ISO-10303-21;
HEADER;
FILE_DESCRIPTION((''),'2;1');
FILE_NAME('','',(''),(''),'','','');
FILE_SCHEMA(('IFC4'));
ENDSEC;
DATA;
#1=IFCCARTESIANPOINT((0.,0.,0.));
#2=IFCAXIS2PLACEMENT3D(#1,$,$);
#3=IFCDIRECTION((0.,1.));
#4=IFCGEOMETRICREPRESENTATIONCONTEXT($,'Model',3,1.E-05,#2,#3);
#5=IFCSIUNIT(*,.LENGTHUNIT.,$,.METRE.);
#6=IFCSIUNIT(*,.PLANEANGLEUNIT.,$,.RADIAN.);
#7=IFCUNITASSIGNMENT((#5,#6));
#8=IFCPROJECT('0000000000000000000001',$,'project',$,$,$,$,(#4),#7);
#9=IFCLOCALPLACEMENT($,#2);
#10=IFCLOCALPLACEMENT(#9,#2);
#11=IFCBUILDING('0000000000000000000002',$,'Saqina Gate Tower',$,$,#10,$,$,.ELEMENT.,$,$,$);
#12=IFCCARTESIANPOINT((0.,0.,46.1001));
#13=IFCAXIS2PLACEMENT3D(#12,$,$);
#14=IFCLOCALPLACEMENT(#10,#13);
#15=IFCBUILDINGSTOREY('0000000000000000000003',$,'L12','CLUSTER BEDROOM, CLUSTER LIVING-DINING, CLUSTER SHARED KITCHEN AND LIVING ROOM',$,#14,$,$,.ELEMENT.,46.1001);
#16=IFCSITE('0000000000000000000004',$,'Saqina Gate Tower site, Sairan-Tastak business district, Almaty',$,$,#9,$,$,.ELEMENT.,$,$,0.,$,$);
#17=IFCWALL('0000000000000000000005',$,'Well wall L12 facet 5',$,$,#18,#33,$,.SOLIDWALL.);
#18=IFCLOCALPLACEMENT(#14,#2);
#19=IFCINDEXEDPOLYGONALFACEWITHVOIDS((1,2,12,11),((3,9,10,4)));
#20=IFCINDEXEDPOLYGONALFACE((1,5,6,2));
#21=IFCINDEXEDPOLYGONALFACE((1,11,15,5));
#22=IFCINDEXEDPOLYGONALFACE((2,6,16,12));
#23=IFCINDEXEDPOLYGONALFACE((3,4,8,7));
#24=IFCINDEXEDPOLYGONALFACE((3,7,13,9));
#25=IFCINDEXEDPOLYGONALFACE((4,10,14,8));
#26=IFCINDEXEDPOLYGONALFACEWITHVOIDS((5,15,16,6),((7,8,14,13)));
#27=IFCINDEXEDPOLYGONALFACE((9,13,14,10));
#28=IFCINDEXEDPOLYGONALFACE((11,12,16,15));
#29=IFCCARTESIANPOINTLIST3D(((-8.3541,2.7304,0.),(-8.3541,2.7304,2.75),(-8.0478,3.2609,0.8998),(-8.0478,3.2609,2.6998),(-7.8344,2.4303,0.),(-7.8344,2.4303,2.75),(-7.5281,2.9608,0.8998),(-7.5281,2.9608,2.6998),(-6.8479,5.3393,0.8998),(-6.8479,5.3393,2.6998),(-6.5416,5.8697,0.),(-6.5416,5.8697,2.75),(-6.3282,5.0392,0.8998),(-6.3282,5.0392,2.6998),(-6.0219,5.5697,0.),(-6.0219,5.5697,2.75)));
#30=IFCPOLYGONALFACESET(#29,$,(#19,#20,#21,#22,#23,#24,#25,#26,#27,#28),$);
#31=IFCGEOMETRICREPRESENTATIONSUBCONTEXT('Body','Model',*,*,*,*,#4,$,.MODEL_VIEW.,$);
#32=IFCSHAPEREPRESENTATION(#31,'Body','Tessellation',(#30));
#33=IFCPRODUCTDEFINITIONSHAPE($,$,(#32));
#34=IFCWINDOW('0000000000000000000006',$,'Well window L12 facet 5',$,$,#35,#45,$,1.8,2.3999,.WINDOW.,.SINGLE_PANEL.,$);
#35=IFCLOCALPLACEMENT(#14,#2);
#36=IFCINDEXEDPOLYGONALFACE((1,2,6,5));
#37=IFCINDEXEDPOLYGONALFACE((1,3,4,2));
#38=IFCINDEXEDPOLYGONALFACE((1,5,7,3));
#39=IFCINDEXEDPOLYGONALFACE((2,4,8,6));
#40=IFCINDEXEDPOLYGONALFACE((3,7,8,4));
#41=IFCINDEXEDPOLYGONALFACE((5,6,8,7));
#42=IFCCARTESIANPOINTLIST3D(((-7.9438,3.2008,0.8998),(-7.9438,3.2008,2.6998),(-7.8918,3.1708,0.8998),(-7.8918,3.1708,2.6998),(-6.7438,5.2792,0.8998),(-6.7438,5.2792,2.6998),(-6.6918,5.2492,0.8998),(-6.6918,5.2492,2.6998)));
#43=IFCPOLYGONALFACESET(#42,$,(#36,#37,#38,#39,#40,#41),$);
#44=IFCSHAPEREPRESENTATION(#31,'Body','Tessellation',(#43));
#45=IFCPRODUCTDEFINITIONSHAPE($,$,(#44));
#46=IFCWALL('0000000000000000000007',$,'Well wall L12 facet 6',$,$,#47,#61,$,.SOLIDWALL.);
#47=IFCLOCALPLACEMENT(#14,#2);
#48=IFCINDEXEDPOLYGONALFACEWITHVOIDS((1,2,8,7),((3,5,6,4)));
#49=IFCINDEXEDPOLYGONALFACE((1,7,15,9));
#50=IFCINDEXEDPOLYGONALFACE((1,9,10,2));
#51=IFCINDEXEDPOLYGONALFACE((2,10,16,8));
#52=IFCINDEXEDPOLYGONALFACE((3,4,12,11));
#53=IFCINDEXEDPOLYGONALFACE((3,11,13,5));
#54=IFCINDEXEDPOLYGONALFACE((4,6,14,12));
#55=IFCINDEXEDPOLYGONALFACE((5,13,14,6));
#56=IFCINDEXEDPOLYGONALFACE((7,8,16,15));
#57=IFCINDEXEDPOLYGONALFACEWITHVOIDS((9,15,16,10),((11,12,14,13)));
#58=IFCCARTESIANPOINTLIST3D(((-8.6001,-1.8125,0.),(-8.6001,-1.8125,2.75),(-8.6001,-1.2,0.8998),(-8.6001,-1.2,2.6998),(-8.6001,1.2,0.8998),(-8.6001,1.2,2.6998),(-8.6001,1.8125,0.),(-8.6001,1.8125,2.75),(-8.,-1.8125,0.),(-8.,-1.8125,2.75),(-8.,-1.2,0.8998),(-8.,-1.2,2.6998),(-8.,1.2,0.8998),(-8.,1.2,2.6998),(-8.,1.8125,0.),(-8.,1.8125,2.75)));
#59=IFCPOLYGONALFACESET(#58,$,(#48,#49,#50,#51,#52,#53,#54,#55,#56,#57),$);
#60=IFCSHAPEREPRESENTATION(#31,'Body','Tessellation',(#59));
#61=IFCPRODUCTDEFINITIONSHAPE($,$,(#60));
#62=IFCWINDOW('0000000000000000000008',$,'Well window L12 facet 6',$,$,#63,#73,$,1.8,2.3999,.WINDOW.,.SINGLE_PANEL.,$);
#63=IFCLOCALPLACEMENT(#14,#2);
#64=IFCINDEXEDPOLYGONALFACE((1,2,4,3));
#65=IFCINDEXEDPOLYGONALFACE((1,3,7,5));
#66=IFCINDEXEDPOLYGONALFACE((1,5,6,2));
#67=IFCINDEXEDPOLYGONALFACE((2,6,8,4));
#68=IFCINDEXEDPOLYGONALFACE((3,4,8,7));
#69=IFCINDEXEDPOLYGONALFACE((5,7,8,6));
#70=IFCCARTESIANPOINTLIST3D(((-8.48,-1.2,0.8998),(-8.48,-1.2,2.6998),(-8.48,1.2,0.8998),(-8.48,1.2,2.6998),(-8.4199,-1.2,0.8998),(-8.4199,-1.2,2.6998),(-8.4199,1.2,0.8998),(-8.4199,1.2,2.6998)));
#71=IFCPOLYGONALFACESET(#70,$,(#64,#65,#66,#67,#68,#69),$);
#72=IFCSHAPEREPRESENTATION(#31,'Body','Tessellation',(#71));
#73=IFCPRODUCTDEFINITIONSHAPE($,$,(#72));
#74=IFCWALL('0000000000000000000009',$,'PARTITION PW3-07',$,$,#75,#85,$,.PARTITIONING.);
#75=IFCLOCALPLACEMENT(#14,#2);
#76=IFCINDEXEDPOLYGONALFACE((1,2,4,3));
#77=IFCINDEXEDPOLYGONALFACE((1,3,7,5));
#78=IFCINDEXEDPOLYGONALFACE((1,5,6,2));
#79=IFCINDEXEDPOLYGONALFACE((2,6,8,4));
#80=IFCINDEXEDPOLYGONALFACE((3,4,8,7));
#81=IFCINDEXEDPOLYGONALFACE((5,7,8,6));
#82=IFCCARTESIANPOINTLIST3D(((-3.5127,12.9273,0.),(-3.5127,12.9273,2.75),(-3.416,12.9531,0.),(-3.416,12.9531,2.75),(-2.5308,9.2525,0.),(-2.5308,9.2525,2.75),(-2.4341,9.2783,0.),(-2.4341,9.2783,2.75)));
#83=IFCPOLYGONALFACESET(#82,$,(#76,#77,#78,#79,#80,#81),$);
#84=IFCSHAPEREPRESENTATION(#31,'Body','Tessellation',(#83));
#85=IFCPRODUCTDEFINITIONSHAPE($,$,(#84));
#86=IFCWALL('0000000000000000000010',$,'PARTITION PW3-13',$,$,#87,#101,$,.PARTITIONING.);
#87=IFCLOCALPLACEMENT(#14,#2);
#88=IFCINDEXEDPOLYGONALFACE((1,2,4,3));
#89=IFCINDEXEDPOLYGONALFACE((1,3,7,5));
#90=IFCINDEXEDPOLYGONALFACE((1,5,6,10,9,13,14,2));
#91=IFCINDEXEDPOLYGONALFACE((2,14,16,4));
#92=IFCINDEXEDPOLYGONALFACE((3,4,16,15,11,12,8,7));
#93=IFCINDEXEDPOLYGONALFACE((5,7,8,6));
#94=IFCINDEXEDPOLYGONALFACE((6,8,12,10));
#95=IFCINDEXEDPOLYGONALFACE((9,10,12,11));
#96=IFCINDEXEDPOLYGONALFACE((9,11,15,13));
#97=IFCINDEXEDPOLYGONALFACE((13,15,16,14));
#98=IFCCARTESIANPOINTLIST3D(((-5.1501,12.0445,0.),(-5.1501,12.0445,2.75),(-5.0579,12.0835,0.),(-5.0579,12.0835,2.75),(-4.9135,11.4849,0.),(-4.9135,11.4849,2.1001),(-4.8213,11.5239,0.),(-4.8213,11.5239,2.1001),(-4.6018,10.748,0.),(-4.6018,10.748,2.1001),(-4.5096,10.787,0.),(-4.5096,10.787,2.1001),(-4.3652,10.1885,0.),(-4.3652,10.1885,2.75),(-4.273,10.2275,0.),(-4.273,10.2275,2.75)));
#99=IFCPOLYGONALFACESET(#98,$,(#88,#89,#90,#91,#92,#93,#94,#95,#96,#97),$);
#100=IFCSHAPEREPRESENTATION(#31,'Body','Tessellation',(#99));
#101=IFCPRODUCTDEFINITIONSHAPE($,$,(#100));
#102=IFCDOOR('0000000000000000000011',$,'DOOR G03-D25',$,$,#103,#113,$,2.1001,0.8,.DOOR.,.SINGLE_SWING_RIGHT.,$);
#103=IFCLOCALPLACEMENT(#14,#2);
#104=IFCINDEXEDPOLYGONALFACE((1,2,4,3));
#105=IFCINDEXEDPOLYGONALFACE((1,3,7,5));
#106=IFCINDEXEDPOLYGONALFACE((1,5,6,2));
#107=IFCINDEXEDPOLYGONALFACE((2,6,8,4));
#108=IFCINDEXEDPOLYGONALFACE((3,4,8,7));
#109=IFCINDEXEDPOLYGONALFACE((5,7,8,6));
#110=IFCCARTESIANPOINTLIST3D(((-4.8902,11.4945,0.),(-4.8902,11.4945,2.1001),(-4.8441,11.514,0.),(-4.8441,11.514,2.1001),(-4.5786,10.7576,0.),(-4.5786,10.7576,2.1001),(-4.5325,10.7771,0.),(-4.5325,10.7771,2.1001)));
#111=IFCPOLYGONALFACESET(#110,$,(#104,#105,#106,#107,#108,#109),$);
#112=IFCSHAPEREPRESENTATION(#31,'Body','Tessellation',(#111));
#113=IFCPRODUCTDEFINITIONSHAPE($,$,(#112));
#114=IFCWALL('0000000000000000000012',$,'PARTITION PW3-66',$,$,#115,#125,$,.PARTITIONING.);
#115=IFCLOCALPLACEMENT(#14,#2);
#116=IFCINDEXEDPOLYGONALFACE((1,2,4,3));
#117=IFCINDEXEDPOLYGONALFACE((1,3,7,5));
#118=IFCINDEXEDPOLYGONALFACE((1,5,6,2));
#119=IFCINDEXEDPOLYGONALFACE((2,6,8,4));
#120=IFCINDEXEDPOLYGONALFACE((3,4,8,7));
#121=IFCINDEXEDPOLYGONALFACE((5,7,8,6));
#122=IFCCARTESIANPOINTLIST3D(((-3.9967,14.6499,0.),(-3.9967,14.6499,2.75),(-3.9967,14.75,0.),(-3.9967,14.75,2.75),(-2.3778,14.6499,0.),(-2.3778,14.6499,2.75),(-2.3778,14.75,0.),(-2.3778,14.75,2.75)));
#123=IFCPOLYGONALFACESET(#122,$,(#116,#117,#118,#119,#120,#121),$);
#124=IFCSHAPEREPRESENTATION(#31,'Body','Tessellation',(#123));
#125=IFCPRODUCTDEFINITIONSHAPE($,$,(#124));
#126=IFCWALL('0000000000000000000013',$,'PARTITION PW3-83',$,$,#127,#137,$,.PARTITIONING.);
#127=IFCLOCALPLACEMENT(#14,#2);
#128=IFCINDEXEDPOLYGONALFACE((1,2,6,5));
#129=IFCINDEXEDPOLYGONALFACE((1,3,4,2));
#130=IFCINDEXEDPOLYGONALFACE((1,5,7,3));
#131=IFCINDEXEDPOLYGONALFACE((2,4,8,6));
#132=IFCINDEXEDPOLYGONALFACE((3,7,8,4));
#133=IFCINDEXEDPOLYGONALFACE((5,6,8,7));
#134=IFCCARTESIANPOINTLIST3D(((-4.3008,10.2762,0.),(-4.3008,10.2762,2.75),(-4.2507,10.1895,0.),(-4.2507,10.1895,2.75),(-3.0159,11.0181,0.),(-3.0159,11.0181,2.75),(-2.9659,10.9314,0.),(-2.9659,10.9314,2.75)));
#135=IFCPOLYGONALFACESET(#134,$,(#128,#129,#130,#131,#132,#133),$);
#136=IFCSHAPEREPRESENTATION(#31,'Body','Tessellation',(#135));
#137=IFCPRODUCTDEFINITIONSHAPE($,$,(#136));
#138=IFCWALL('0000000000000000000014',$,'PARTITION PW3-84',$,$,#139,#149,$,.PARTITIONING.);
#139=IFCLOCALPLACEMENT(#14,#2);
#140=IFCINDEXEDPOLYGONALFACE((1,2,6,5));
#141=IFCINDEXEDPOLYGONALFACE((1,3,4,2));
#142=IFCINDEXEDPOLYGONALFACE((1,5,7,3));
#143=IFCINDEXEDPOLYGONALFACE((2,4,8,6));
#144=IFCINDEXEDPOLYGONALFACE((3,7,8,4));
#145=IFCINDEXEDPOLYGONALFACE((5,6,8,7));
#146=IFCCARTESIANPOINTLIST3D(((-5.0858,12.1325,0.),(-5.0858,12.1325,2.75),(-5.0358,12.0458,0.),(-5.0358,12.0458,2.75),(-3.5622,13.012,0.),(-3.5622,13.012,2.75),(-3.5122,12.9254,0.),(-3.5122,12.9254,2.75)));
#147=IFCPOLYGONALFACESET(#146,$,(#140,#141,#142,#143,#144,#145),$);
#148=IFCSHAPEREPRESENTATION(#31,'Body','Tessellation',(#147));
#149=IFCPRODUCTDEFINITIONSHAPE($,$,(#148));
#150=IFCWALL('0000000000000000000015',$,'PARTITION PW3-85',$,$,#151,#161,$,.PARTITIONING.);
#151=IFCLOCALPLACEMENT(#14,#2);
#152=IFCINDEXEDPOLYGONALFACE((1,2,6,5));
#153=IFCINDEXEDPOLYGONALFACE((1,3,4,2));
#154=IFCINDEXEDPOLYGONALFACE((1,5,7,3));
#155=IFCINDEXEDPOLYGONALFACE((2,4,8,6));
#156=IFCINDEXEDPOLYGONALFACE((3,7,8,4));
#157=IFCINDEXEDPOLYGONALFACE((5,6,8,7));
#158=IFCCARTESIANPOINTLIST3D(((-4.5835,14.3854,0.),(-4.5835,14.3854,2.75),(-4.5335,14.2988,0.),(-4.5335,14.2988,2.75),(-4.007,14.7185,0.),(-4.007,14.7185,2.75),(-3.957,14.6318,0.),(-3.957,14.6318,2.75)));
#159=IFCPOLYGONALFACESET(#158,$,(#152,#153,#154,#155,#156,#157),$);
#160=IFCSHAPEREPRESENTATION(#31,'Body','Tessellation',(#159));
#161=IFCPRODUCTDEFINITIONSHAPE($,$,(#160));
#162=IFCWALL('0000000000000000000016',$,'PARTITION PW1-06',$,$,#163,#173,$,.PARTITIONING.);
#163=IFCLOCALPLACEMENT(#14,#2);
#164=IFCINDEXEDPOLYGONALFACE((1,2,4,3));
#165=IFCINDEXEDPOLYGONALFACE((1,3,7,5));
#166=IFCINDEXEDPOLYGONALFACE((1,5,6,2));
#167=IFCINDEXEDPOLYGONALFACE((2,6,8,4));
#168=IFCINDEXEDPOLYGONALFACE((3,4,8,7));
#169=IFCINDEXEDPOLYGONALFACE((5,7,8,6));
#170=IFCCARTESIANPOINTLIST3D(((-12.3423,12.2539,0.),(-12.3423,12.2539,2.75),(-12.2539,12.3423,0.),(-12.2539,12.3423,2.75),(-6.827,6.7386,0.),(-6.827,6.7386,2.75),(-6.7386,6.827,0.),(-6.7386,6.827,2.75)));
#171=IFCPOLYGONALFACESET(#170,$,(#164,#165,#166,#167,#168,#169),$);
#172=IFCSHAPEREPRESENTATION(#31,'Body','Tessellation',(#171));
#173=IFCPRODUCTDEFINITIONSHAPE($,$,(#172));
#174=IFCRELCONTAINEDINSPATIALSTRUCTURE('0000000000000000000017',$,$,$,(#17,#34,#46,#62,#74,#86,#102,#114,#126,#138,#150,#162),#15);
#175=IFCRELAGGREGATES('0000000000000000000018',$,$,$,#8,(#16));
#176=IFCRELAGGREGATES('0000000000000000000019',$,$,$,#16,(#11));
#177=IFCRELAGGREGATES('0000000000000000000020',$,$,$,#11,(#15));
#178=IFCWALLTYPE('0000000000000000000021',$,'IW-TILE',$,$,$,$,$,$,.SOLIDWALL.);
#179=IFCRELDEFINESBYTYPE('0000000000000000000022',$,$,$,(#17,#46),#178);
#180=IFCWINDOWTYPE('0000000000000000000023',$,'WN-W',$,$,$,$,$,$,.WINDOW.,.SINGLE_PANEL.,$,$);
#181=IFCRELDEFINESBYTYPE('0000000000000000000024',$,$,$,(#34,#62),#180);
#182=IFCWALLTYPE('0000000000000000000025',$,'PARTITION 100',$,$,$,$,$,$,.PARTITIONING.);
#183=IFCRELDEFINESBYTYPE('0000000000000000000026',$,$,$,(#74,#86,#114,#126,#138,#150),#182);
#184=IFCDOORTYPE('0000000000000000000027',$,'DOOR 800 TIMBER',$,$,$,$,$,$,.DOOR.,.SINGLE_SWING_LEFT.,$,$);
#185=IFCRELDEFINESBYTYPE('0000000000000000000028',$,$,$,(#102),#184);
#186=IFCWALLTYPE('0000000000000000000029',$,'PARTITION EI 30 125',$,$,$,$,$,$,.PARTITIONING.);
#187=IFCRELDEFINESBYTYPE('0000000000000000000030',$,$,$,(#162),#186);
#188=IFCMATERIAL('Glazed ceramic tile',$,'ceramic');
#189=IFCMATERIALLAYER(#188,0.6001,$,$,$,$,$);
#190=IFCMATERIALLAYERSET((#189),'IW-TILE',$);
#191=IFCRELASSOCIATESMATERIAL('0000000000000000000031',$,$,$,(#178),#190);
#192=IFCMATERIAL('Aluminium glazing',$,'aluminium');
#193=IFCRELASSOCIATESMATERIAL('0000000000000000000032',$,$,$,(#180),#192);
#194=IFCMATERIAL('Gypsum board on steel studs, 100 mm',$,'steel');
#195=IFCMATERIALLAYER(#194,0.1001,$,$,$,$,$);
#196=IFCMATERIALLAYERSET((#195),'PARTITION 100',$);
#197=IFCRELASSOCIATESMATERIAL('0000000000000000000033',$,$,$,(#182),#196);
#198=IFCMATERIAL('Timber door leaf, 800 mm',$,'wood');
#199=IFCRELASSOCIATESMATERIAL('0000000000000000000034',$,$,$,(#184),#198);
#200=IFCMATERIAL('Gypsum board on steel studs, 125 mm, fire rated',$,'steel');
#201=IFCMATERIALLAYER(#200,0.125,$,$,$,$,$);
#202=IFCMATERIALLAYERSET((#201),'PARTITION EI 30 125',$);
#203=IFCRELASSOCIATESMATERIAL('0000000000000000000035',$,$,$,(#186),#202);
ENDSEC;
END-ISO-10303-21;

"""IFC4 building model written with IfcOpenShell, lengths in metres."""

from ifc_helpers import new_model, si_unit, direction, frame, frame_2d, origin, place, context, subcontext, project, spatial, rectangle, extrude, material, layer, layer_set, type_object, element, fill, save


model = new_model("IFC4")

# Units and contexts
model_context = context("Model", 3, precision=1e-05, world=origin(), true_north=direction((0.0, 1.0)))
body_context = subcontext(model_context, "Body", "Model", "MODEL_VIEW")
ifc_project = project(units=[si_unit("LENGTHUNIT", "METRE"), si_unit("PLANEANGLEUNIT", "RADIAN")], contexts=[model_context])

# Site, building, storey
site_placement = place(None, origin())
site = spatial("IfcSite", under=ifc_project, at=site_placement, Name="Saqina Gate Tower site, Sairan-Tastak business district, Almaty", CompositionType="ELEMENT", RefElevation=0.0)
building_placement = place(site_placement, origin())
building = spatial("IfcBuilding", under=site, at=building_placement, Name="Saqina Gate Tower", CompositionType="ELEMENT")
storey_placement = place(building_placement, frame((0.0, 0.0, 46.1001)))
storey = spatial("IfcBuildingStorey", under=building, at=storey_placement, Name="L12", Description="CLUSTER BEDROOM, CLUSTER LIVING-DINING, CLUSTER SHARED KITCHEN AND LIVING ROOM", CompositionType="ELEMENT", Elevation=46.1001)

# Walls, openings, windows
ifc_material_1 = material(Name="Glazed ceramic tile", Category="ceramic")
ifc_layer_1 = layer(ifc_material_1, 0.6001)
ifc_layer_set_1 = layer_set([ifc_layer_1], Name="IW-TILE")
wall_type_1 = type_object("IfcWallType", Name="IW-TILE", PredefinedType="SOLIDWALL", material=ifc_layer_set_1)
ifc_material_2 = material(Name="Aluminium glazing", Category="aluminium")
window_type = type_object("IfcWindowType", Name="WN-W", PartitioningType="SINGLE_PANEL", PredefinedType="WINDOW", material=ifc_material_2)
wall_1_placement = place(storey_placement, frame((-6.2817, 5.7197, 0.0), z_axis=(0.0, 0.0, 1.0), x_axis=(-0.499993, -0.86603, 0.0)))
wall_1 = element("IfcWall", 1, at=wall_1_placement, inside=storey, type_object=wall_type_1, Name="Well wall L12 facet 5", PredefinedType="SOLIDWALL", context=body_context, shape_type="SweptSolid", body=[
    extrude(rectangle(XDim=3.625, YDim=0.6001, at=frame_2d((1.8125, 0.0))), origin(), (0.0, 0.0, 1.0), 2.75),
])
opening_1_placement = place(wall_1_placement, frame((0.6125, 0.0, 0.8999)))
opening_1 = element("IfcOpeningElement", 2, at=opening_1_placement, cuts=wall_1, PredefinedType="OPENING", context=body_context, shape_type="SweptSolid", body=[
    extrude(rectangle(XDim=2.3999, YDim=1.8, at=frame_2d((1.2, 0.8999))), frame((0.0, 0.312, 0.0), z_axis=(0.0, -1.0, 0.0), x_axis=(1.0, 0.0, 0.0)), (0.0, 0.0, 1.0), 0.624),
])
window_1_placement = place(opening_1_placement, origin())
window_1 = element("IfcWindow", 3, at=window_1_placement, inside=storey, type_object=window_type, Name="Well window L12 facet 5", OverallHeight=1.8, OverallWidth=2.3999, PartitioningType="SINGLE_PANEL", PredefinedType="WINDOW", context=body_context, shape_type="SweptSolid", body=[
    extrude(rectangle(XDim=2.3999, YDim=1.8, at=frame_2d((1.2, 0.8999))), frame((0.0, -0.1199, 0.0), z_axis=(0.0, -1.0, 0.0), x_axis=(1.0, 0.0, 0.0)), (0.0, 0.0, 1.0), 0.0601),
])
fill(opening_1, window_1)
wall_2_placement = place(storey_placement, frame((-8.3, 1.8125, 0.0), z_axis=(0.0, 0.0, 1.0), x_axis=(0.0, -1.0, 0.0)))
wall_2 = element("IfcWall", 4, at=wall_2_placement, inside=storey, type_object=wall_type_1, Name="Well wall L12 facet 6", PredefinedType="SOLIDWALL", context=body_context, shape_type="SweptSolid", body=[
    extrude(rectangle(XDim=3.625, YDim=0.6001, at=frame_2d((1.8125, 0.0))), origin(), (0.0, 0.0, 1.0), 2.75),
])
opening_2_placement = place(wall_2_placement, frame((0.6125, 0.0, 0.8999)))
opening_2 = element("IfcOpeningElement", 5, at=opening_2_placement, cuts=wall_2, PredefinedType="OPENING", context=body_context, shape_type="SweptSolid", body=[
    extrude(rectangle(XDim=2.3999, YDim=1.8, at=frame_2d((1.2, 0.8999))), frame((0.0, 0.312, 0.0), z_axis=(0.0, -1.0, 0.0), x_axis=(1.0, 0.0, 0.0)), (0.0, 0.0, 1.0), 0.624),
])
window_2_placement = place(opening_2_placement, origin())
window_2 = element("IfcWindow", 6, at=window_2_placement, inside=storey, type_object=window_type, Name="Well window L12 facet 6", OverallHeight=1.8, OverallWidth=2.3999, PartitioningType="SINGLE_PANEL", PredefinedType="WINDOW", context=body_context, shape_type="SweptSolid", body=[
    extrude(rectangle(XDim=2.3999, YDim=1.8, at=frame_2d((1.2, 0.8999))), frame((0.0, -0.1199, 0.0), z_axis=(0.0, -1.0, 0.0), x_axis=(1.0, 0.0, 0.0)), (0.0, 0.0, 1.0), 0.0601),
])
fill(opening_2, window_2)

# Wall
ifc_material_3 = material(Name="Gypsum board on steel studs, 100 mm", Category="steel")
ifc_layer_2 = layer(ifc_material_3, 0.1001)
ifc_layer_set_2 = layer_set([ifc_layer_2], Name="PARTITION 100")
wall_type_2 = type_object("IfcWallType", Name="PARTITION 100", PredefinedType="PARTITIONING", material=ifc_layer_set_2)
wall_3_placement = place(storey_placement, frame((-3.4644, 12.9402, 0.0), z_axis=(0.0, 0.0, 1.0), x_axis=(0.25815, -0.966105, 0.0)))
element("IfcWall", 7, at=wall_3_placement, inside=storey, type_object=wall_type_2, Name="PARTITION PW3-07", PredefinedType="PARTITIONING", context=body_context, shape_type="SweptSolid", body=[
    extrude(rectangle(XDim=3.8037, YDim=0.1001, at=frame_2d((1.9019, 0.0))), origin(), (0.0, 0.0, 1.0), 2.75),
])

# Wall, opening, door
wall_4_placement = place(storey_placement, frame((-5.104, 12.064, 0.0), z_axis=(0.0, 0.0, 1.0), x_axis=(0.389514, -0.921021, 0.0)))
wall_4 = element("IfcWall", 8, at=wall_4_placement, inside=storey, type_object=wall_type_2, Name="PARTITION PW3-13", PredefinedType="PARTITIONING", context=body_context, shape_type="SweptSolid", body=[
    extrude(rectangle(XDim=2.0151, YDim=0.1001, at=frame_2d((1.0076, 0.0))), origin(), (0.0, 0.0, 1.0), 2.75),
])
opening_3_placement = place(wall_4_placement, frame((0.6077, 0.0, 0.0)))
opening_3 = element("IfcOpeningElement", 9, at=opening_3_placement, cuts=wall_4, PredefinedType="OPENING", context=body_context, shape_type="SweptSolid", body=[
    extrude(rectangle(XDim=0.8, YDim=2.1001, at=frame_2d((0.3999, 1.05))), frame((0.0, 0.062, 0.0), z_axis=(0.0, -1.0, 0.0), x_axis=(1.0, 0.0, 0.0)), (0.0, 0.0, 1.0), 0.124),
])
ifc_material_4 = material(Name="Timber door leaf, 800 mm", Category="wood")
door_type_1 = type_object("IfcDoorType", Name="DOOR 800 TIMBER", OperationType="SINGLE_SWING_LEFT", PredefinedType="DOOR", material=ifc_material_4)
door_1_placement = place(opening_3_placement, frame((0.8, 0.0, 0.0), z_axis=(0.0, 0.0, 1.0), x_axis=(-1.0, 0.0, 0.0)))
door_1 = element("IfcDoor", 10, at=door_1_placement, inside=storey, type_object=door_type_1, Name="DOOR G03-D25", OperationType="SINGLE_SWING_RIGHT", OverallHeight=2.1001, OverallWidth=0.8, PredefinedType="DOOR", context=body_context, shape_type="SweptSolid", body=[
    extrude(rectangle(XDim=0.8, YDim=2.1001, at=frame_2d((0.3999, 1.05))), frame((0.0, 0.0249, 0.0), z_axis=(0.0, -1.0, 0.0), x_axis=(1.0, 0.0, 0.0)), (0.0, 0.0, 1.0), 0.05),
])
fill(opening_3, door_1)

# Walls
wall_5_placement = place(storey_placement, frame((-3.9968, 14.7, 0.0), z_axis=(0.0, 0.0, 1.0), x_axis=(1.0, 0.0, 0.0)))
element("IfcWall", 11, at=wall_5_placement, inside=storey, type_object=wall_type_2, Name="PARTITION PW3-66", PredefinedType="PARTITIONING", context=body_context, shape_type="SweptSolid", body=[
    extrude(rectangle(XDim=1.6189, YDim=0.1001, at=frame_2d((0.8096, 0.0))), origin(), (0.0, 0.0, 1.0), 2.75),
])
wall_6_placement = place(storey_placement, frame((-4.2756, 10.2329, 0.0), z_axis=(0.0, 0.0, 1.0), x_axis=(0.865997, 0.50005, 0.0)))
element("IfcWall", 12, at=wall_6_placement, inside=storey, type_object=wall_type_2, Name="PARTITION PW3-83", PredefinedType="PARTITIONING", context=body_context, shape_type="SweptSolid", body=[
    extrude(rectangle(XDim=1.4836, YDim=0.1001, at=frame_2d((0.7417, 0.0))), origin(), (0.0, 0.0, 1.0), 2.75),
])
wall_7_placement = place(storey_placement, frame((-5.0608, 12.0891, 0.0), z_axis=(0.0, 0.0, 1.0), x_axis=(0.86604, 0.499975, 0.0)))
element("IfcWall", 13, at=wall_7_placement, inside=storey, type_object=wall_type_2, Name="PARTITION PW3-84", PredefinedType="PARTITIONING", context=body_context, shape_type="SweptSolid", body=[
    extrude(rectangle(XDim=1.7593, YDim=0.1001, at=frame_2d((0.8796, 0.0))), origin(), (0.0, 0.0, 1.0), 2.75),
])
wall_8_placement = place(storey_placement, frame((-4.5586, 14.342, 0.0), z_axis=(0.0, 0.0, 1.0), x_axis=(0.865886, 0.500241, 0.0)))
element("IfcWall", 14, at=wall_8_placement, inside=storey, type_object=wall_type_2, Name="PARTITION PW3-85", PredefinedType="PARTITIONING", context=body_context, shape_type="SweptSolid", body=[
    extrude(rectangle(XDim=0.6658, YDim=0.1001, at=frame_2d((0.333, 0.0))), origin(), (0.0, 0.0, 1.0), 2.75),
])
ifc_material_5 = material(Name="Gypsum board on steel studs, 125 mm, fire rated", Category="steel")
ifc_layer_3 = layer(ifc_material_5, 0.125)
ifc_layer_set_3 = layer_set([ifc_layer_3], Name="PARTITION EI 30 125")
wall_type_3 = type_object("IfcWallType", Name="PARTITION EI 30 125", PredefinedType="PARTITIONING", material=ifc_layer_set_3)
wall_9_placement = place(storey_placement, frame((-12.2981, 12.2981, 0.0), z_axis=(0.0, 0.0, 1.0), x_axis=(0.707107, -0.707107, 0.0)))
element("IfcWall", 15, at=wall_9_placement, inside=storey, type_object=wall_type_3, Name="PARTITION PW1-06", PredefinedType="PARTITIONING", context=body_context, shape_type="SweptSolid", body=[
    extrude(rectangle(XDim=7.7998, YDim=0.125, at=frame_2d((3.8999, 0.0))), origin(), (0.0, 0.0, 1.0), 2.75),
])

save(model, "model.ifc")
